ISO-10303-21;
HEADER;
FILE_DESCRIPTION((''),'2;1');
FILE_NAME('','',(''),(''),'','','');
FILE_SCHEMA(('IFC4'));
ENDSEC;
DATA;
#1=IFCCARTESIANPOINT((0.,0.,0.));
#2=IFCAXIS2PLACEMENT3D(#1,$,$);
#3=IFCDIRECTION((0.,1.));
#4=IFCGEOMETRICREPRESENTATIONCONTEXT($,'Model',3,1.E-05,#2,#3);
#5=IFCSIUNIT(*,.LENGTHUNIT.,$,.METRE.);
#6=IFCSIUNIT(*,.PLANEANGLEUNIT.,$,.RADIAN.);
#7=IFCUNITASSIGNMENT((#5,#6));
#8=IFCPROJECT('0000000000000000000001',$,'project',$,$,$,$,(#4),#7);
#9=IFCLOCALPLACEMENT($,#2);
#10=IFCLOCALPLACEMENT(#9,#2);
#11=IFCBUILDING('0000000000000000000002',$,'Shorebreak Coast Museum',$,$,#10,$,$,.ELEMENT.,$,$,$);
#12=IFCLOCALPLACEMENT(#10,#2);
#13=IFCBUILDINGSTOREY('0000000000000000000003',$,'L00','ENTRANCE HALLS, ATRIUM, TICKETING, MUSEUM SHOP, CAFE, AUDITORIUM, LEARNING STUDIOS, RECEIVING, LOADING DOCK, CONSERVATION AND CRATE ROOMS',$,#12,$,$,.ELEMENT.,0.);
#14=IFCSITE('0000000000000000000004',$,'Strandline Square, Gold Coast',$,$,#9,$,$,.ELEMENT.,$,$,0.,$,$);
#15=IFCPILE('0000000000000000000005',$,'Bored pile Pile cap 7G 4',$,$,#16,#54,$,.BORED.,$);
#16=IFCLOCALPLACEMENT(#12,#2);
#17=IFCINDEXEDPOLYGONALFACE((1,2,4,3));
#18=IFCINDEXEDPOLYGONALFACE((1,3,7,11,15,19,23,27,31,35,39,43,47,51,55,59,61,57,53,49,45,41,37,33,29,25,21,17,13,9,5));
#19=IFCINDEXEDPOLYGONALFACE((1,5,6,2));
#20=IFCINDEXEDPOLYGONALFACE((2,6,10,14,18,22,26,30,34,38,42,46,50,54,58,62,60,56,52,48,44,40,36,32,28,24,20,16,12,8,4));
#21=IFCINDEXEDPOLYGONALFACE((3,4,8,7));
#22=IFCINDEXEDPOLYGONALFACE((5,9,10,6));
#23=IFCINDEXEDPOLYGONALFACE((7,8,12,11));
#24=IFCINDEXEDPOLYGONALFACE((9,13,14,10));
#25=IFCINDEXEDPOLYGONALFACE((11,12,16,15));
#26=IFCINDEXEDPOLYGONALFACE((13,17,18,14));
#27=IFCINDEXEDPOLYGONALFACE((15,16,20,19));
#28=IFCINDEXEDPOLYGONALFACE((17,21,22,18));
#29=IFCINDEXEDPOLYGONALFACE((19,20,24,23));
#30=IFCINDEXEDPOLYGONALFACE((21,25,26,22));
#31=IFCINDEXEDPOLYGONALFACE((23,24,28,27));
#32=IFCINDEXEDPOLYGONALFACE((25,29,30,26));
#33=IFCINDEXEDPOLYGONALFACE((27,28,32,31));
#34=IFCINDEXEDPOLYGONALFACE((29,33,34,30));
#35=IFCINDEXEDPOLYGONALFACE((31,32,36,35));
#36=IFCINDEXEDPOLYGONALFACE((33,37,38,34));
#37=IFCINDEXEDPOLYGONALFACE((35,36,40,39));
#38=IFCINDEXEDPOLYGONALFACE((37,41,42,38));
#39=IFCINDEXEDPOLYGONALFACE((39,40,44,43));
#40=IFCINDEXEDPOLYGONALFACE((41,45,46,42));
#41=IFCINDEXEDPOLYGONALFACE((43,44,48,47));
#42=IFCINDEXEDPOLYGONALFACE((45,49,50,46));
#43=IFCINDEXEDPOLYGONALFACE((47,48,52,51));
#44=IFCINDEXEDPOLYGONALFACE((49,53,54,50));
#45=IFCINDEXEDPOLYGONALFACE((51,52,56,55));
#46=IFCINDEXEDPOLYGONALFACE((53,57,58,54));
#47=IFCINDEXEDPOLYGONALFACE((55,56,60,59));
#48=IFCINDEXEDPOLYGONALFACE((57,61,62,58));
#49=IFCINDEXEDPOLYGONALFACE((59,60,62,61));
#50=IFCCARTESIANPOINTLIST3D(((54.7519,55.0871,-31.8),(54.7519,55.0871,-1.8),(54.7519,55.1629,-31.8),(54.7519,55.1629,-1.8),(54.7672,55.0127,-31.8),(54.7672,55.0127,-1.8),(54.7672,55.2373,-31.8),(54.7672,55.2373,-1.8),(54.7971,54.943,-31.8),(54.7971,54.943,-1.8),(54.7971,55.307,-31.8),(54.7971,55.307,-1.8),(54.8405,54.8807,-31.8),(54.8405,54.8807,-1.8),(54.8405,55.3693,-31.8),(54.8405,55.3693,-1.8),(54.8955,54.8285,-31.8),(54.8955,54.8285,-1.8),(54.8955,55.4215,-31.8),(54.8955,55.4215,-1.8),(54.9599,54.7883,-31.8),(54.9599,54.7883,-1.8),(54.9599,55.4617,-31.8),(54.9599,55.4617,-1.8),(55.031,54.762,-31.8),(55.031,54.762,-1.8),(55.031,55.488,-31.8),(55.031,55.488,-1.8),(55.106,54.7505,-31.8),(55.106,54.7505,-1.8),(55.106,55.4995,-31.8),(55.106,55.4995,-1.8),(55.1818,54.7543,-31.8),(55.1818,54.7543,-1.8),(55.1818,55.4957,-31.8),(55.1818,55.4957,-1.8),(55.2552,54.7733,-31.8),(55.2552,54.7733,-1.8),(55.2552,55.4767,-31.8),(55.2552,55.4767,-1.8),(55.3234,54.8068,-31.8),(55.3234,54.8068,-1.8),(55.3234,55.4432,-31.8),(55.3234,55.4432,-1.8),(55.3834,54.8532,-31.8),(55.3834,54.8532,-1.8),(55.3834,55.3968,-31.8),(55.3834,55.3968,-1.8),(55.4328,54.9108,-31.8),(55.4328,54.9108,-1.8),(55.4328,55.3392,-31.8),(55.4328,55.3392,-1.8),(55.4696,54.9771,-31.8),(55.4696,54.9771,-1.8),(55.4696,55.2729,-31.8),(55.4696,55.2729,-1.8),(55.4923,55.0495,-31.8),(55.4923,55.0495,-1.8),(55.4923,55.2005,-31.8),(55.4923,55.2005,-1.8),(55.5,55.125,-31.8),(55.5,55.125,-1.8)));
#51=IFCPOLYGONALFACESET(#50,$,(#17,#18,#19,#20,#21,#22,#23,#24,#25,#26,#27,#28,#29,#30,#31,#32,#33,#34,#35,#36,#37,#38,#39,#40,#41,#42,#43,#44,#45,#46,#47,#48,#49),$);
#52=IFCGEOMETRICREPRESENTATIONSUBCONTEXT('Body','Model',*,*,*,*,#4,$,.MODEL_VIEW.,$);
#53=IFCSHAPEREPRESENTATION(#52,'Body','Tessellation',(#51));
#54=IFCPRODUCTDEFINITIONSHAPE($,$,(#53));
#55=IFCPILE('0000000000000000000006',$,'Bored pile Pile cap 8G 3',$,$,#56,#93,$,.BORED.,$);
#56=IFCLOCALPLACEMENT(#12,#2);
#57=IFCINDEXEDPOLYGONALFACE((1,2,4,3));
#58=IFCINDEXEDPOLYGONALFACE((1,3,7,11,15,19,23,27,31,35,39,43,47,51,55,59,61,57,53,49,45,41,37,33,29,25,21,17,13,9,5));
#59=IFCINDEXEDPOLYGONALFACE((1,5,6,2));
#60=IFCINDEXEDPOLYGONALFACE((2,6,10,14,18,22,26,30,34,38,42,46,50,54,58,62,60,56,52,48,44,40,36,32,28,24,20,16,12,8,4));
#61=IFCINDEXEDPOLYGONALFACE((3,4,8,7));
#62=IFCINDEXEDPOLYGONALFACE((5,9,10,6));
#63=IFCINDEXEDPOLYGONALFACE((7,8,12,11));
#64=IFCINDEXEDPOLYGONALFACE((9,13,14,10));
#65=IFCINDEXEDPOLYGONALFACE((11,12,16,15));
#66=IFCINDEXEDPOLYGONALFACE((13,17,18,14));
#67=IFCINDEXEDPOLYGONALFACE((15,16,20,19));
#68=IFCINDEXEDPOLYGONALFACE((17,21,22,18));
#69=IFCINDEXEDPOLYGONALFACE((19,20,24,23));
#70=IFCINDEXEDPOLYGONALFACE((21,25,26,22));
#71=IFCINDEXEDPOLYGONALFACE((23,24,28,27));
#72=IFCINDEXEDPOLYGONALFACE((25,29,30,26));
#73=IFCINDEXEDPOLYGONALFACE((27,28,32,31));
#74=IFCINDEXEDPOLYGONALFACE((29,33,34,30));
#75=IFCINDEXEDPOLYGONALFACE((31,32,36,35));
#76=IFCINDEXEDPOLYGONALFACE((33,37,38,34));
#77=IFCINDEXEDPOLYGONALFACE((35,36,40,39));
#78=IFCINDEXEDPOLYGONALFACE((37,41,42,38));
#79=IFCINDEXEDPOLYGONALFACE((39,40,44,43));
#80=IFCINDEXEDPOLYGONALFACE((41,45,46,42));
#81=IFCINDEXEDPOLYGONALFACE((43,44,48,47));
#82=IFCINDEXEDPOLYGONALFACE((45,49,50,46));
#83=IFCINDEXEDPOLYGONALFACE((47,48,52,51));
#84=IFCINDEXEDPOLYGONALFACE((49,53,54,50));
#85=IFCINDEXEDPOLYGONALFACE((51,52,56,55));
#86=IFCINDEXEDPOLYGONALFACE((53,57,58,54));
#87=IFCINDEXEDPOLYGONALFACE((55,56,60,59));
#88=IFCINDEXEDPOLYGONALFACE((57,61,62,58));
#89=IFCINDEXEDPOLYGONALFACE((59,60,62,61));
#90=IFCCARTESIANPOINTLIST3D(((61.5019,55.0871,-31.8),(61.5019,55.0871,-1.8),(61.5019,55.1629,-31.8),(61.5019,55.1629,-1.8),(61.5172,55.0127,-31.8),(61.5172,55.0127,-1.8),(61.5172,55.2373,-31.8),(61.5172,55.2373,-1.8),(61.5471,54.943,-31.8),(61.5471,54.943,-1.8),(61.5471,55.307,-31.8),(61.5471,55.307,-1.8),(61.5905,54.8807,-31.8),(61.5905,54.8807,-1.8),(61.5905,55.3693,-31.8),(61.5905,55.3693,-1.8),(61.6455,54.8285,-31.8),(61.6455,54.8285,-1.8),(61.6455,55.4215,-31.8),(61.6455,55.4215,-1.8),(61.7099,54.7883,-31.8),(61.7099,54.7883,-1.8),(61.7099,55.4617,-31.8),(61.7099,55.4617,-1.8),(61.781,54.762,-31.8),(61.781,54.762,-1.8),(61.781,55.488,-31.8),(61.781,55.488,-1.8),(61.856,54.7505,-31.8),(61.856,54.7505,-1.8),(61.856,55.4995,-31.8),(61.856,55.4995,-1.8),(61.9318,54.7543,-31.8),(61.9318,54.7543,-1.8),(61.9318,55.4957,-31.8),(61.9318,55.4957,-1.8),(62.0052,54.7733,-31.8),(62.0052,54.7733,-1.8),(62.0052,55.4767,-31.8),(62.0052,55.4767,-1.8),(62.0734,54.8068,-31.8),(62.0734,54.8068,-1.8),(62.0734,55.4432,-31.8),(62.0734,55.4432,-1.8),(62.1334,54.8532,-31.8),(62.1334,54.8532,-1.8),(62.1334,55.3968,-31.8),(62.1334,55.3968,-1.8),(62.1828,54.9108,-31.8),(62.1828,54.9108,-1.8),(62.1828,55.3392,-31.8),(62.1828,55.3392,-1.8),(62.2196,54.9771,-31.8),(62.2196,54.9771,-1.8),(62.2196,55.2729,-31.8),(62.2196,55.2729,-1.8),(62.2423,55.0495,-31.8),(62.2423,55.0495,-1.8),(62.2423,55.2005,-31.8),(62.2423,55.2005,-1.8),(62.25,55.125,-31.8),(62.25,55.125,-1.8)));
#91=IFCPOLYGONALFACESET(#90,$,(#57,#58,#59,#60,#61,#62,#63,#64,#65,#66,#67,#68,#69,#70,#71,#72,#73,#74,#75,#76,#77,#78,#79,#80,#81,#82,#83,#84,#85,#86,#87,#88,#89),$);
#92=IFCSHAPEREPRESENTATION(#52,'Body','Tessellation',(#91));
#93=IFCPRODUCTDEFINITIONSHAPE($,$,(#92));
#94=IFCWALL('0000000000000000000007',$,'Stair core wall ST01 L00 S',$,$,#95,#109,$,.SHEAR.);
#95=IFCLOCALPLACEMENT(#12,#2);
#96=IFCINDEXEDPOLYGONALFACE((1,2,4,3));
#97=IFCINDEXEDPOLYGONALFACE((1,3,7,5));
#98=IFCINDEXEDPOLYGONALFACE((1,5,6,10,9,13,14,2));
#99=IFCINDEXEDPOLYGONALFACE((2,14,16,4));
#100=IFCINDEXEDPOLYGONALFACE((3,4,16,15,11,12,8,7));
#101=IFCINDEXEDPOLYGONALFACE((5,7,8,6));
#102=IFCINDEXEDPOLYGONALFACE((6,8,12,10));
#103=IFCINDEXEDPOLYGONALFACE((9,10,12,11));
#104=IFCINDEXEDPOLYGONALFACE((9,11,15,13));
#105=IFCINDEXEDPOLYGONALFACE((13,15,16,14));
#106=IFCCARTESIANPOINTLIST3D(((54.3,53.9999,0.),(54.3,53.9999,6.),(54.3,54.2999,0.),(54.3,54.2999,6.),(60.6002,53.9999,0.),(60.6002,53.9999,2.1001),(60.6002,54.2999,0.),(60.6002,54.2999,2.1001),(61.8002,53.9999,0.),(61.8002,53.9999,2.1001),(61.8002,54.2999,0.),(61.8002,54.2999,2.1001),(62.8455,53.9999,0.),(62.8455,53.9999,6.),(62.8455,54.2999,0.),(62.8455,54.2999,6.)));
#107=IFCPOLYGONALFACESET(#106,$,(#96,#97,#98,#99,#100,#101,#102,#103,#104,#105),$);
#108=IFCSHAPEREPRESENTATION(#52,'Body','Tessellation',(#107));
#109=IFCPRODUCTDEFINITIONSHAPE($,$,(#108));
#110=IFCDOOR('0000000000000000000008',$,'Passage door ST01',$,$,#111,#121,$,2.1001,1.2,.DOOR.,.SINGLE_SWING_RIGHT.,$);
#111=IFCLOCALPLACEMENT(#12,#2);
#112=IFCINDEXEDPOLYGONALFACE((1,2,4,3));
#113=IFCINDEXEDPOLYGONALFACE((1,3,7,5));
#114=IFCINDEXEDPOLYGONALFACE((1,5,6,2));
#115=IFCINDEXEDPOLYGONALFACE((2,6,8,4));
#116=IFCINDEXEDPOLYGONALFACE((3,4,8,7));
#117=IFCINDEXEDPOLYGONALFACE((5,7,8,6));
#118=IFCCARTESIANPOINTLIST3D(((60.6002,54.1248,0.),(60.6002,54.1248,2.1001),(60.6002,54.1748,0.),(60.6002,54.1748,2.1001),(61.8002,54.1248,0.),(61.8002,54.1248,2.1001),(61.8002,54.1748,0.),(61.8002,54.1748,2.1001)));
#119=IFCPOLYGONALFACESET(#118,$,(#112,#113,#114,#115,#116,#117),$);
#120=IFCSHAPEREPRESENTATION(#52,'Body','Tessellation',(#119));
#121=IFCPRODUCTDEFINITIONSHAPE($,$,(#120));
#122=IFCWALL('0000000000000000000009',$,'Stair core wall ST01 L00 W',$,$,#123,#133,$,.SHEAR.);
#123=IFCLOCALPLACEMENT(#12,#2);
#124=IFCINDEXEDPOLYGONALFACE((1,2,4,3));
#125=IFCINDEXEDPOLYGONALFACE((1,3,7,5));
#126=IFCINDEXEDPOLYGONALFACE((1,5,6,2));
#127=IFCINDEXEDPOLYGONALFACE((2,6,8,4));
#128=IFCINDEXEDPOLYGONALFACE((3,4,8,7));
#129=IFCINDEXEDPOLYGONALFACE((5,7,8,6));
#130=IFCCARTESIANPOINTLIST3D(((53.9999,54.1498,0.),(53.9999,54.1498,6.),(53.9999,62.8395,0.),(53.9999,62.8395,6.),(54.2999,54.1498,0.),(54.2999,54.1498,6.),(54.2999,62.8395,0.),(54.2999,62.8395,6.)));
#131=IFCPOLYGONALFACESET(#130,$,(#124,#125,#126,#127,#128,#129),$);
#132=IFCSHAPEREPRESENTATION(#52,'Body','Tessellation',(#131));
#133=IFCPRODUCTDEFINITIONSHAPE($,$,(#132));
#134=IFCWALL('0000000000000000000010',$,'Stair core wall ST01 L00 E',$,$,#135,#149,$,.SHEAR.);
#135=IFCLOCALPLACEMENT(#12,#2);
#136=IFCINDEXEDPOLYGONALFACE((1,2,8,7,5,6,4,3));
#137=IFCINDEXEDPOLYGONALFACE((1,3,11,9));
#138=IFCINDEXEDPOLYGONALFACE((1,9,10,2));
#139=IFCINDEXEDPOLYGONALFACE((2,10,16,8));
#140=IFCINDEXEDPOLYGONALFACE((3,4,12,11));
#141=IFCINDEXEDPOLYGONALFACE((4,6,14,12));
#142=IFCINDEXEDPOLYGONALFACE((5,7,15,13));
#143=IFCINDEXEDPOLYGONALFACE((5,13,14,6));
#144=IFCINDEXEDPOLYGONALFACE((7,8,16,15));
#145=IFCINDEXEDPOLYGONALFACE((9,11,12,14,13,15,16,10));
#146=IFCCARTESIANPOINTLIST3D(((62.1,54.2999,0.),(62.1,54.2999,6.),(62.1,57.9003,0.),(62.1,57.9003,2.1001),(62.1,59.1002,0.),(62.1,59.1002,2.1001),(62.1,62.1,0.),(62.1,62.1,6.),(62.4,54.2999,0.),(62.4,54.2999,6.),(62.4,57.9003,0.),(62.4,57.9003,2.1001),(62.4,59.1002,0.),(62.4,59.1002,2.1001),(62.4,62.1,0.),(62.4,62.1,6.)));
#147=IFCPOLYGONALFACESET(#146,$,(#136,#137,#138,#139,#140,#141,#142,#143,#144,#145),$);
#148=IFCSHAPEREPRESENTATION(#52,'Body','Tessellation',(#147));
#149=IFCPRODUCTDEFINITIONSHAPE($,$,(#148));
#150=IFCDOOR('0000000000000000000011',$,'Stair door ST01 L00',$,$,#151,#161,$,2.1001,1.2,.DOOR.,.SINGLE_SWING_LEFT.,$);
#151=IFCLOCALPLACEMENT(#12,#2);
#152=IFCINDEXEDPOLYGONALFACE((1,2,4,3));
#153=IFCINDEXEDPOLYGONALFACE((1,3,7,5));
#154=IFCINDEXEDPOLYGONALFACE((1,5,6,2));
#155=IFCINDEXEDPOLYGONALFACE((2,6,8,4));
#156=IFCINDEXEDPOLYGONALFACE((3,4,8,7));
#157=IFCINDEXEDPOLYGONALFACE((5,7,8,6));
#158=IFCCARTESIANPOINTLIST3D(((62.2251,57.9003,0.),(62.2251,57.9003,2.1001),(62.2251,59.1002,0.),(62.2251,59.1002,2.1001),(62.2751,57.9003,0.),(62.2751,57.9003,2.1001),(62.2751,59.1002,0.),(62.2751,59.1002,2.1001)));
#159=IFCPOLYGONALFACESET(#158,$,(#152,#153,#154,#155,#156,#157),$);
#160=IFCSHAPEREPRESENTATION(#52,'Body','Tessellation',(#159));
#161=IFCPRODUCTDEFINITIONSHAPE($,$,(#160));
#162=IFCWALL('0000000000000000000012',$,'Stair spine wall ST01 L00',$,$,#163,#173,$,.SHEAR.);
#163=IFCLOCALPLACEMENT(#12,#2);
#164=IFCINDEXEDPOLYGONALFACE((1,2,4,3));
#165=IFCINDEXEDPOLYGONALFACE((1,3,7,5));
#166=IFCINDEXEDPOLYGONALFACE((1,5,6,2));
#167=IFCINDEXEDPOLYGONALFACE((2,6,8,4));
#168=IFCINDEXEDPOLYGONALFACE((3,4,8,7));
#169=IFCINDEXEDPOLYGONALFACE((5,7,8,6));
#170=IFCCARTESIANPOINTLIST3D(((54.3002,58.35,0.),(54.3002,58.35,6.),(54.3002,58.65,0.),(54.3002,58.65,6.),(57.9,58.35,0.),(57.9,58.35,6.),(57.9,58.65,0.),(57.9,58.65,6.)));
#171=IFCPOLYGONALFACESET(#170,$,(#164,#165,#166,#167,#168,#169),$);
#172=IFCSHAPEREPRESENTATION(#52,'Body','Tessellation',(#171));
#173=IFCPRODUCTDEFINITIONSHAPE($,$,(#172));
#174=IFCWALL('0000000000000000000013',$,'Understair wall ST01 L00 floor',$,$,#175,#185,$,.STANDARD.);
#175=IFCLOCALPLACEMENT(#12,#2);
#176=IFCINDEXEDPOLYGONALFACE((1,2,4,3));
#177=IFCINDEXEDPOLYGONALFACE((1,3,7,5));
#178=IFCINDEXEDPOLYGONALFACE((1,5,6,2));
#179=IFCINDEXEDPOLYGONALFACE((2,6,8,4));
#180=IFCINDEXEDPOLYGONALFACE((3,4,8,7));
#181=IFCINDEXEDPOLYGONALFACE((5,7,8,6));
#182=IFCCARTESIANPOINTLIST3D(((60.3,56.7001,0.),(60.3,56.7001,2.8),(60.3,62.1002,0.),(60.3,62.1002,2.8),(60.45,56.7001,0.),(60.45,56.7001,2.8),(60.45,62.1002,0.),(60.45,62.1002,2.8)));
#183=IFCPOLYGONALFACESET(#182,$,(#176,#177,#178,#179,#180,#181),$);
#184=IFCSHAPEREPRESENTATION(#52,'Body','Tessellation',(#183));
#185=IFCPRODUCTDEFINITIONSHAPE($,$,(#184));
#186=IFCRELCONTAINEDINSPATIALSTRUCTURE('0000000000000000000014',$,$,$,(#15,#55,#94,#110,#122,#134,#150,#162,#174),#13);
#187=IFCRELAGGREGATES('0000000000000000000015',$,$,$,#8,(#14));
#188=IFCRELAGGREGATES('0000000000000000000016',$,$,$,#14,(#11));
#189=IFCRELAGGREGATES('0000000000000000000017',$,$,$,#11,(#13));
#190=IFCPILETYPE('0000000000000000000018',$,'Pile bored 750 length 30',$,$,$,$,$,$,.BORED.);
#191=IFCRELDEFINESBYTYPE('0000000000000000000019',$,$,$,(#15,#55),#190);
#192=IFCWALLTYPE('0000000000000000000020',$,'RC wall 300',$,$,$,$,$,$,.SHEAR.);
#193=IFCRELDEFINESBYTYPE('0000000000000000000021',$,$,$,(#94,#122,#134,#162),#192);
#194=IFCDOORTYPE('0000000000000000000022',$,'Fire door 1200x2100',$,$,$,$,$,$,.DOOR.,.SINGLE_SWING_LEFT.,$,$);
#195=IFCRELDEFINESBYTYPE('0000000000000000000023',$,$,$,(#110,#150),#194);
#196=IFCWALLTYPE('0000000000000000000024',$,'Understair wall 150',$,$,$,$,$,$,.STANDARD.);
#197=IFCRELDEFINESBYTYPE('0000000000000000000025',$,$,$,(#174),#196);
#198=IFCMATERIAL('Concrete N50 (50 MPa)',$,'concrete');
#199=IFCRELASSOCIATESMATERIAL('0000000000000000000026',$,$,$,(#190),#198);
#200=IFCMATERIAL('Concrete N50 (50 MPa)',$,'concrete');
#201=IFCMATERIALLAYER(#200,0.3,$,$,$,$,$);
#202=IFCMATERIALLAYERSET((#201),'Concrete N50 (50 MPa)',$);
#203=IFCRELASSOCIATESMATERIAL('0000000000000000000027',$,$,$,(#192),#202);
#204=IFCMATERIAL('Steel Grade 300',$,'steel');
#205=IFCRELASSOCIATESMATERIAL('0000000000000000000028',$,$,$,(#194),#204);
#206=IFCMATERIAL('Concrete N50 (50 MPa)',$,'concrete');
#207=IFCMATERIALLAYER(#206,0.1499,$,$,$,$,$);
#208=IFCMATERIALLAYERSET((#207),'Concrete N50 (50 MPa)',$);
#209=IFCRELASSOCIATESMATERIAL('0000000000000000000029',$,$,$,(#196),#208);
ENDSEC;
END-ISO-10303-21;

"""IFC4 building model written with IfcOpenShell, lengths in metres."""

from ifc_helpers import new_model, si_unit, direction, frame, frame_2d, origin, origin_2d, place, context, subcontext, project, spatial, rectangle, circle, extrude, material, layer, layer_set, material_profile, profile_set, type_object, element, fill, save


model = new_model("IFC4")

# Units and contexts
model_context = context("Model", 3, precision=1e-05, world=origin(), true_north=direction((0.0, 1.0)))
body_context = subcontext(model_context, "Body", "Model", "MODEL_VIEW")
ifc_project = project(units=[si_unit("LENGTHUNIT", "METRE"), si_unit("PLANEANGLEUNIT", "RADIAN")], contexts=[model_context])

# Site, building, storey
site_placement = place(None, origin())
site = spatial("IfcSite", under=ifc_project, at=site_placement, Name="Strandline Square, Gold Coast", CompositionType="ELEMENT", RefElevation=0.0)
building_placement = place(site_placement, origin())
building = spatial("IfcBuilding", under=site, at=building_placement, Name="Shorebreak Coast Museum", CompositionType="ELEMENT")
storey_placement = place(building_placement, origin())
storey = spatial("IfcBuildingStorey", under=building, at=storey_placement, Name="L00", Description="ENTRANCE HALLS, ATRIUM, TICKETING, MUSEUM SHOP, CAFE, AUDITORIUM, LEARNING STUDIOS, RECEIVING, LOADING DOCK, CONSERVATION AND CRATE ROOMS", CompositionType="ELEMENT", Elevation=0.0)

# Piles
ifc_material_1 = material(Name="Concrete N50 (50 MPa)", Category="concrete")
ifc_material_profile_1 = material_profile(ifc_material_1, circle(Radius=0.375, at=origin_2d()), Name="Pile bored 750 length 30")
ifc_profile_set_1 = profile_set([ifc_material_profile_1], Name="Concrete N50 (50 MPa)")
pile_type_1 = type_object("IfcPileType", Name="Pile bored 750 length 30", PredefinedType="BORED", material=ifc_profile_set_1)
for number, where, z_axis, x_axis, name in (
    (1, (55.125, 55.125, -1.8), (0.0, 0.0, -1.0), (1.0, 0.0, 0.0), "Bored pile Pile cap 7G 4"),
    (2, (61.875, 55.125, -1.8), (0.0, 0.0, -1.0), (1.0, 0.0, 0.0), "Bored pile Pile cap 8G 3"),
):
    element("IfcPile", number, at=place(storey_placement, frame(where, z_axis=z_axis, x_axis=x_axis)), inside=storey, type_object=pile_type_1, Name=name, PredefinedType="BORED", context=body_context, shape_type="SweptSolid", body=[
        extrude(circle(Radius=0.375, at=origin_2d()), origin(), (0.0, 0.0, 1.0), 30.0),
    ])

# Wall, opening, door
ifc_material_2 = material(Name="Concrete N50 (50 MPa)", Category="concrete")
ifc_layer_1 = layer(ifc_material_2, 0.3)
ifc_layer_set_1 = layer_set([ifc_layer_1], Name="Concrete N50 (50 MPa)")
wall_type_1 = type_object("IfcWallType", Name="RC wall 300", PredefinedType="SHEAR", material=ifc_layer_set_1)
wall_1_placement = place(storey_placement, frame((54.3, 54.1499, 0.0), z_axis=(0.0, 0.0, 1.0), x_axis=(1.0, 0.0, 0.0)))
wall_1 = element("IfcWall", 3, at=wall_1_placement, inside=storey, type_object=wall_type_1, Name="Stair core wall ST01 L00 S", PredefinedType="SHEAR", context=body_context, shape_type="SweptSolid", body=[
    extrude(rectangle(XDim=8.5454, YDim=0.3, at=frame_2d((4.2727, 0.0))), origin(), (0.0, 0.0, 1.0), 6.0),
])
opening_1_placement = place(wall_1_placement, frame((6.3, 0.0, 0.0)))
opening_1 = element("IfcOpeningElement", 4, at=opening_1_placement, cuts=wall_1, PredefinedType="OPENING", context=body_context, shape_type="SweptSolid", body=[
    extrude(rectangle(XDim=1.2, YDim=2.1001, at=frame_2d((0.6001, 1.05))), frame((0.0, 0.1599, 0.0), z_axis=(0.0, -1.0, 0.0), x_axis=(1.0, 0.0, 0.0)), (0.0, 0.0, 1.0), 0.3201),
])
ifc_material_3 = material(Name="Steel Grade 300", Category="steel")
door_type = type_object("IfcDoorType", Name="Fire door 1200x2100", OperationType="SINGLE_SWING_LEFT", PredefinedType="DOOR", material=ifc_material_3)
door_1_placement = place(opening_1_placement, origin())
door_1 = element("IfcDoor", 5, at=door_1_placement, inside=storey, type_object=door_type, Name="Passage door ST01", OperationType="SINGLE_SWING_RIGHT", OverallHeight=2.1001, OverallWidth=1.2, PredefinedType="DOOR", context=body_context, shape_type="SweptSolid", body=[
    extrude(rectangle(XDim=1.2, YDim=2.1001, at=frame_2d((0.6001, 1.05))), frame((0.0, 0.0249, 0.0), z_axis=(0.0, -1.0, 0.0), x_axis=(1.0, 0.0, 0.0)), (0.0, 0.0, 1.0), 0.05),
])
fill(opening_1, door_1)

# Wall
wall_2_placement = place(storey_placement, frame((54.1499, 54.1499, 0.0), z_axis=(0.0, 0.0, 1.0), x_axis=(0.0, 1.0, 0.0)))
element("IfcWall", 6, at=wall_2_placement, inside=storey, type_object=wall_type_1, Name="Stair core wall ST01 L00 W", PredefinedType="SHEAR", context=body_context, shape_type="SweptSolid", body=[
    extrude(rectangle(XDim=8.6897, YDim=0.3, at=frame_2d((4.3447, 0.0))), origin(), (0.0, 0.0, 1.0), 6.0),
])

# Wall, opening, door
wall_3_placement = place(storey_placement, frame((62.25, 54.3, 0.0), z_axis=(0.0, 0.0, 1.0), x_axis=(0.0, 1.0, 0.0)))
wall_3 = element("IfcWall", 7, at=wall_3_placement, inside=storey, type_object=wall_type_1, Name="Stair core wall ST01 L00 E", PredefinedType="SHEAR", context=body_context, shape_type="SweptSolid", body=[
    extrude(rectangle(XDim=7.8, YDim=0.3, at=frame_2d((3.8999, 0.0))), origin(), (0.0, 0.0, 1.0), 6.0),
])
opening_2_placement = place(wall_3_placement, frame((3.6001, 0.0, 0.0)))
opening_2 = element("IfcOpeningElement", 8, at=opening_2_placement, cuts=wall_3, PredefinedType="OPENING", context=body_context, shape_type="SweptSolid", body=[
    extrude(rectangle(XDim=1.2, YDim=2.1001, at=frame_2d((0.6001, 1.05))), frame((0.0, 0.1599, 0.0), z_axis=(0.0, -1.0, 0.0), x_axis=(1.0, 0.0, 0.0)), (0.0, 0.0, 1.0), 0.3201),
])
door_2_placement = place(opening_2_placement, origin())
door_2 = element("IfcDoor", 9, at=door_2_placement, inside=storey, type_object=door_type, Name="Stair door ST01 L00", OperationType="SINGLE_SWING_LEFT", OverallHeight=2.1001, OverallWidth=1.2, PredefinedType="DOOR", context=body_context, shape_type="SweptSolid", body=[
    extrude(rectangle(XDim=1.2, YDim=2.1001, at=frame_2d((0.6001, 1.05))), frame((0.0, 0.0249, 0.0), z_axis=(0.0, -1.0, 0.0), x_axis=(1.0, 0.0, 0.0)), (0.0, 0.0, 1.0), 0.05),
])
fill(opening_2, door_2)

# Walls
wall_4_placement = place(storey_placement, frame((57.8999, 58.5, 0.0), z_axis=(0.0, 0.0, 1.0), x_axis=(-1.0, 0.0, 0.0)))
element("IfcWall", 10, at=wall_4_placement, inside=storey, type_object=wall_type_1, Name="Stair spine wall ST01 L00", PredefinedType="SHEAR", context=body_context, shape_type="SweptSolid", body=[
    extrude(rectangle(XDim=3.5999, YDim=0.3, at=frame_2d((1.7998, 0.0))), origin(), (0.0, 0.0, 1.0), 6.0),
])
ifc_material_4 = material(Name="Concrete N50 (50 MPa)", Category="concrete")
ifc_layer_2 = layer(ifc_material_4, 0.1499)
ifc_layer_set_2 = layer_set([ifc_layer_2], Name="Concrete N50 (50 MPa)")
wall_type_2 = type_object("IfcWallType", Name="Understair wall 150", PredefinedType="STANDARD", material=ifc_layer_set_2)
wall_5_placement = place(storey_placement, frame((60.375, 56.7, 0.0), z_axis=(0.0, 0.0, 1.0), x_axis=(0.0, 1.0, 0.0)))
element("IfcWall", 11, at=wall_5_placement, inside=storey, type_object=wall_type_2, Name="Understair wall ST01 L00 floor", PredefinedType="STANDARD", context=body_context, shape_type="SweptSolid", body=[
    extrude(rectangle(XDim=5.4001, YDim=0.1499, at=frame_2d((2.7002, 0.0))), origin(), (0.0, 0.0, 1.0), 2.8),
])

save(model, "model.ifc")
